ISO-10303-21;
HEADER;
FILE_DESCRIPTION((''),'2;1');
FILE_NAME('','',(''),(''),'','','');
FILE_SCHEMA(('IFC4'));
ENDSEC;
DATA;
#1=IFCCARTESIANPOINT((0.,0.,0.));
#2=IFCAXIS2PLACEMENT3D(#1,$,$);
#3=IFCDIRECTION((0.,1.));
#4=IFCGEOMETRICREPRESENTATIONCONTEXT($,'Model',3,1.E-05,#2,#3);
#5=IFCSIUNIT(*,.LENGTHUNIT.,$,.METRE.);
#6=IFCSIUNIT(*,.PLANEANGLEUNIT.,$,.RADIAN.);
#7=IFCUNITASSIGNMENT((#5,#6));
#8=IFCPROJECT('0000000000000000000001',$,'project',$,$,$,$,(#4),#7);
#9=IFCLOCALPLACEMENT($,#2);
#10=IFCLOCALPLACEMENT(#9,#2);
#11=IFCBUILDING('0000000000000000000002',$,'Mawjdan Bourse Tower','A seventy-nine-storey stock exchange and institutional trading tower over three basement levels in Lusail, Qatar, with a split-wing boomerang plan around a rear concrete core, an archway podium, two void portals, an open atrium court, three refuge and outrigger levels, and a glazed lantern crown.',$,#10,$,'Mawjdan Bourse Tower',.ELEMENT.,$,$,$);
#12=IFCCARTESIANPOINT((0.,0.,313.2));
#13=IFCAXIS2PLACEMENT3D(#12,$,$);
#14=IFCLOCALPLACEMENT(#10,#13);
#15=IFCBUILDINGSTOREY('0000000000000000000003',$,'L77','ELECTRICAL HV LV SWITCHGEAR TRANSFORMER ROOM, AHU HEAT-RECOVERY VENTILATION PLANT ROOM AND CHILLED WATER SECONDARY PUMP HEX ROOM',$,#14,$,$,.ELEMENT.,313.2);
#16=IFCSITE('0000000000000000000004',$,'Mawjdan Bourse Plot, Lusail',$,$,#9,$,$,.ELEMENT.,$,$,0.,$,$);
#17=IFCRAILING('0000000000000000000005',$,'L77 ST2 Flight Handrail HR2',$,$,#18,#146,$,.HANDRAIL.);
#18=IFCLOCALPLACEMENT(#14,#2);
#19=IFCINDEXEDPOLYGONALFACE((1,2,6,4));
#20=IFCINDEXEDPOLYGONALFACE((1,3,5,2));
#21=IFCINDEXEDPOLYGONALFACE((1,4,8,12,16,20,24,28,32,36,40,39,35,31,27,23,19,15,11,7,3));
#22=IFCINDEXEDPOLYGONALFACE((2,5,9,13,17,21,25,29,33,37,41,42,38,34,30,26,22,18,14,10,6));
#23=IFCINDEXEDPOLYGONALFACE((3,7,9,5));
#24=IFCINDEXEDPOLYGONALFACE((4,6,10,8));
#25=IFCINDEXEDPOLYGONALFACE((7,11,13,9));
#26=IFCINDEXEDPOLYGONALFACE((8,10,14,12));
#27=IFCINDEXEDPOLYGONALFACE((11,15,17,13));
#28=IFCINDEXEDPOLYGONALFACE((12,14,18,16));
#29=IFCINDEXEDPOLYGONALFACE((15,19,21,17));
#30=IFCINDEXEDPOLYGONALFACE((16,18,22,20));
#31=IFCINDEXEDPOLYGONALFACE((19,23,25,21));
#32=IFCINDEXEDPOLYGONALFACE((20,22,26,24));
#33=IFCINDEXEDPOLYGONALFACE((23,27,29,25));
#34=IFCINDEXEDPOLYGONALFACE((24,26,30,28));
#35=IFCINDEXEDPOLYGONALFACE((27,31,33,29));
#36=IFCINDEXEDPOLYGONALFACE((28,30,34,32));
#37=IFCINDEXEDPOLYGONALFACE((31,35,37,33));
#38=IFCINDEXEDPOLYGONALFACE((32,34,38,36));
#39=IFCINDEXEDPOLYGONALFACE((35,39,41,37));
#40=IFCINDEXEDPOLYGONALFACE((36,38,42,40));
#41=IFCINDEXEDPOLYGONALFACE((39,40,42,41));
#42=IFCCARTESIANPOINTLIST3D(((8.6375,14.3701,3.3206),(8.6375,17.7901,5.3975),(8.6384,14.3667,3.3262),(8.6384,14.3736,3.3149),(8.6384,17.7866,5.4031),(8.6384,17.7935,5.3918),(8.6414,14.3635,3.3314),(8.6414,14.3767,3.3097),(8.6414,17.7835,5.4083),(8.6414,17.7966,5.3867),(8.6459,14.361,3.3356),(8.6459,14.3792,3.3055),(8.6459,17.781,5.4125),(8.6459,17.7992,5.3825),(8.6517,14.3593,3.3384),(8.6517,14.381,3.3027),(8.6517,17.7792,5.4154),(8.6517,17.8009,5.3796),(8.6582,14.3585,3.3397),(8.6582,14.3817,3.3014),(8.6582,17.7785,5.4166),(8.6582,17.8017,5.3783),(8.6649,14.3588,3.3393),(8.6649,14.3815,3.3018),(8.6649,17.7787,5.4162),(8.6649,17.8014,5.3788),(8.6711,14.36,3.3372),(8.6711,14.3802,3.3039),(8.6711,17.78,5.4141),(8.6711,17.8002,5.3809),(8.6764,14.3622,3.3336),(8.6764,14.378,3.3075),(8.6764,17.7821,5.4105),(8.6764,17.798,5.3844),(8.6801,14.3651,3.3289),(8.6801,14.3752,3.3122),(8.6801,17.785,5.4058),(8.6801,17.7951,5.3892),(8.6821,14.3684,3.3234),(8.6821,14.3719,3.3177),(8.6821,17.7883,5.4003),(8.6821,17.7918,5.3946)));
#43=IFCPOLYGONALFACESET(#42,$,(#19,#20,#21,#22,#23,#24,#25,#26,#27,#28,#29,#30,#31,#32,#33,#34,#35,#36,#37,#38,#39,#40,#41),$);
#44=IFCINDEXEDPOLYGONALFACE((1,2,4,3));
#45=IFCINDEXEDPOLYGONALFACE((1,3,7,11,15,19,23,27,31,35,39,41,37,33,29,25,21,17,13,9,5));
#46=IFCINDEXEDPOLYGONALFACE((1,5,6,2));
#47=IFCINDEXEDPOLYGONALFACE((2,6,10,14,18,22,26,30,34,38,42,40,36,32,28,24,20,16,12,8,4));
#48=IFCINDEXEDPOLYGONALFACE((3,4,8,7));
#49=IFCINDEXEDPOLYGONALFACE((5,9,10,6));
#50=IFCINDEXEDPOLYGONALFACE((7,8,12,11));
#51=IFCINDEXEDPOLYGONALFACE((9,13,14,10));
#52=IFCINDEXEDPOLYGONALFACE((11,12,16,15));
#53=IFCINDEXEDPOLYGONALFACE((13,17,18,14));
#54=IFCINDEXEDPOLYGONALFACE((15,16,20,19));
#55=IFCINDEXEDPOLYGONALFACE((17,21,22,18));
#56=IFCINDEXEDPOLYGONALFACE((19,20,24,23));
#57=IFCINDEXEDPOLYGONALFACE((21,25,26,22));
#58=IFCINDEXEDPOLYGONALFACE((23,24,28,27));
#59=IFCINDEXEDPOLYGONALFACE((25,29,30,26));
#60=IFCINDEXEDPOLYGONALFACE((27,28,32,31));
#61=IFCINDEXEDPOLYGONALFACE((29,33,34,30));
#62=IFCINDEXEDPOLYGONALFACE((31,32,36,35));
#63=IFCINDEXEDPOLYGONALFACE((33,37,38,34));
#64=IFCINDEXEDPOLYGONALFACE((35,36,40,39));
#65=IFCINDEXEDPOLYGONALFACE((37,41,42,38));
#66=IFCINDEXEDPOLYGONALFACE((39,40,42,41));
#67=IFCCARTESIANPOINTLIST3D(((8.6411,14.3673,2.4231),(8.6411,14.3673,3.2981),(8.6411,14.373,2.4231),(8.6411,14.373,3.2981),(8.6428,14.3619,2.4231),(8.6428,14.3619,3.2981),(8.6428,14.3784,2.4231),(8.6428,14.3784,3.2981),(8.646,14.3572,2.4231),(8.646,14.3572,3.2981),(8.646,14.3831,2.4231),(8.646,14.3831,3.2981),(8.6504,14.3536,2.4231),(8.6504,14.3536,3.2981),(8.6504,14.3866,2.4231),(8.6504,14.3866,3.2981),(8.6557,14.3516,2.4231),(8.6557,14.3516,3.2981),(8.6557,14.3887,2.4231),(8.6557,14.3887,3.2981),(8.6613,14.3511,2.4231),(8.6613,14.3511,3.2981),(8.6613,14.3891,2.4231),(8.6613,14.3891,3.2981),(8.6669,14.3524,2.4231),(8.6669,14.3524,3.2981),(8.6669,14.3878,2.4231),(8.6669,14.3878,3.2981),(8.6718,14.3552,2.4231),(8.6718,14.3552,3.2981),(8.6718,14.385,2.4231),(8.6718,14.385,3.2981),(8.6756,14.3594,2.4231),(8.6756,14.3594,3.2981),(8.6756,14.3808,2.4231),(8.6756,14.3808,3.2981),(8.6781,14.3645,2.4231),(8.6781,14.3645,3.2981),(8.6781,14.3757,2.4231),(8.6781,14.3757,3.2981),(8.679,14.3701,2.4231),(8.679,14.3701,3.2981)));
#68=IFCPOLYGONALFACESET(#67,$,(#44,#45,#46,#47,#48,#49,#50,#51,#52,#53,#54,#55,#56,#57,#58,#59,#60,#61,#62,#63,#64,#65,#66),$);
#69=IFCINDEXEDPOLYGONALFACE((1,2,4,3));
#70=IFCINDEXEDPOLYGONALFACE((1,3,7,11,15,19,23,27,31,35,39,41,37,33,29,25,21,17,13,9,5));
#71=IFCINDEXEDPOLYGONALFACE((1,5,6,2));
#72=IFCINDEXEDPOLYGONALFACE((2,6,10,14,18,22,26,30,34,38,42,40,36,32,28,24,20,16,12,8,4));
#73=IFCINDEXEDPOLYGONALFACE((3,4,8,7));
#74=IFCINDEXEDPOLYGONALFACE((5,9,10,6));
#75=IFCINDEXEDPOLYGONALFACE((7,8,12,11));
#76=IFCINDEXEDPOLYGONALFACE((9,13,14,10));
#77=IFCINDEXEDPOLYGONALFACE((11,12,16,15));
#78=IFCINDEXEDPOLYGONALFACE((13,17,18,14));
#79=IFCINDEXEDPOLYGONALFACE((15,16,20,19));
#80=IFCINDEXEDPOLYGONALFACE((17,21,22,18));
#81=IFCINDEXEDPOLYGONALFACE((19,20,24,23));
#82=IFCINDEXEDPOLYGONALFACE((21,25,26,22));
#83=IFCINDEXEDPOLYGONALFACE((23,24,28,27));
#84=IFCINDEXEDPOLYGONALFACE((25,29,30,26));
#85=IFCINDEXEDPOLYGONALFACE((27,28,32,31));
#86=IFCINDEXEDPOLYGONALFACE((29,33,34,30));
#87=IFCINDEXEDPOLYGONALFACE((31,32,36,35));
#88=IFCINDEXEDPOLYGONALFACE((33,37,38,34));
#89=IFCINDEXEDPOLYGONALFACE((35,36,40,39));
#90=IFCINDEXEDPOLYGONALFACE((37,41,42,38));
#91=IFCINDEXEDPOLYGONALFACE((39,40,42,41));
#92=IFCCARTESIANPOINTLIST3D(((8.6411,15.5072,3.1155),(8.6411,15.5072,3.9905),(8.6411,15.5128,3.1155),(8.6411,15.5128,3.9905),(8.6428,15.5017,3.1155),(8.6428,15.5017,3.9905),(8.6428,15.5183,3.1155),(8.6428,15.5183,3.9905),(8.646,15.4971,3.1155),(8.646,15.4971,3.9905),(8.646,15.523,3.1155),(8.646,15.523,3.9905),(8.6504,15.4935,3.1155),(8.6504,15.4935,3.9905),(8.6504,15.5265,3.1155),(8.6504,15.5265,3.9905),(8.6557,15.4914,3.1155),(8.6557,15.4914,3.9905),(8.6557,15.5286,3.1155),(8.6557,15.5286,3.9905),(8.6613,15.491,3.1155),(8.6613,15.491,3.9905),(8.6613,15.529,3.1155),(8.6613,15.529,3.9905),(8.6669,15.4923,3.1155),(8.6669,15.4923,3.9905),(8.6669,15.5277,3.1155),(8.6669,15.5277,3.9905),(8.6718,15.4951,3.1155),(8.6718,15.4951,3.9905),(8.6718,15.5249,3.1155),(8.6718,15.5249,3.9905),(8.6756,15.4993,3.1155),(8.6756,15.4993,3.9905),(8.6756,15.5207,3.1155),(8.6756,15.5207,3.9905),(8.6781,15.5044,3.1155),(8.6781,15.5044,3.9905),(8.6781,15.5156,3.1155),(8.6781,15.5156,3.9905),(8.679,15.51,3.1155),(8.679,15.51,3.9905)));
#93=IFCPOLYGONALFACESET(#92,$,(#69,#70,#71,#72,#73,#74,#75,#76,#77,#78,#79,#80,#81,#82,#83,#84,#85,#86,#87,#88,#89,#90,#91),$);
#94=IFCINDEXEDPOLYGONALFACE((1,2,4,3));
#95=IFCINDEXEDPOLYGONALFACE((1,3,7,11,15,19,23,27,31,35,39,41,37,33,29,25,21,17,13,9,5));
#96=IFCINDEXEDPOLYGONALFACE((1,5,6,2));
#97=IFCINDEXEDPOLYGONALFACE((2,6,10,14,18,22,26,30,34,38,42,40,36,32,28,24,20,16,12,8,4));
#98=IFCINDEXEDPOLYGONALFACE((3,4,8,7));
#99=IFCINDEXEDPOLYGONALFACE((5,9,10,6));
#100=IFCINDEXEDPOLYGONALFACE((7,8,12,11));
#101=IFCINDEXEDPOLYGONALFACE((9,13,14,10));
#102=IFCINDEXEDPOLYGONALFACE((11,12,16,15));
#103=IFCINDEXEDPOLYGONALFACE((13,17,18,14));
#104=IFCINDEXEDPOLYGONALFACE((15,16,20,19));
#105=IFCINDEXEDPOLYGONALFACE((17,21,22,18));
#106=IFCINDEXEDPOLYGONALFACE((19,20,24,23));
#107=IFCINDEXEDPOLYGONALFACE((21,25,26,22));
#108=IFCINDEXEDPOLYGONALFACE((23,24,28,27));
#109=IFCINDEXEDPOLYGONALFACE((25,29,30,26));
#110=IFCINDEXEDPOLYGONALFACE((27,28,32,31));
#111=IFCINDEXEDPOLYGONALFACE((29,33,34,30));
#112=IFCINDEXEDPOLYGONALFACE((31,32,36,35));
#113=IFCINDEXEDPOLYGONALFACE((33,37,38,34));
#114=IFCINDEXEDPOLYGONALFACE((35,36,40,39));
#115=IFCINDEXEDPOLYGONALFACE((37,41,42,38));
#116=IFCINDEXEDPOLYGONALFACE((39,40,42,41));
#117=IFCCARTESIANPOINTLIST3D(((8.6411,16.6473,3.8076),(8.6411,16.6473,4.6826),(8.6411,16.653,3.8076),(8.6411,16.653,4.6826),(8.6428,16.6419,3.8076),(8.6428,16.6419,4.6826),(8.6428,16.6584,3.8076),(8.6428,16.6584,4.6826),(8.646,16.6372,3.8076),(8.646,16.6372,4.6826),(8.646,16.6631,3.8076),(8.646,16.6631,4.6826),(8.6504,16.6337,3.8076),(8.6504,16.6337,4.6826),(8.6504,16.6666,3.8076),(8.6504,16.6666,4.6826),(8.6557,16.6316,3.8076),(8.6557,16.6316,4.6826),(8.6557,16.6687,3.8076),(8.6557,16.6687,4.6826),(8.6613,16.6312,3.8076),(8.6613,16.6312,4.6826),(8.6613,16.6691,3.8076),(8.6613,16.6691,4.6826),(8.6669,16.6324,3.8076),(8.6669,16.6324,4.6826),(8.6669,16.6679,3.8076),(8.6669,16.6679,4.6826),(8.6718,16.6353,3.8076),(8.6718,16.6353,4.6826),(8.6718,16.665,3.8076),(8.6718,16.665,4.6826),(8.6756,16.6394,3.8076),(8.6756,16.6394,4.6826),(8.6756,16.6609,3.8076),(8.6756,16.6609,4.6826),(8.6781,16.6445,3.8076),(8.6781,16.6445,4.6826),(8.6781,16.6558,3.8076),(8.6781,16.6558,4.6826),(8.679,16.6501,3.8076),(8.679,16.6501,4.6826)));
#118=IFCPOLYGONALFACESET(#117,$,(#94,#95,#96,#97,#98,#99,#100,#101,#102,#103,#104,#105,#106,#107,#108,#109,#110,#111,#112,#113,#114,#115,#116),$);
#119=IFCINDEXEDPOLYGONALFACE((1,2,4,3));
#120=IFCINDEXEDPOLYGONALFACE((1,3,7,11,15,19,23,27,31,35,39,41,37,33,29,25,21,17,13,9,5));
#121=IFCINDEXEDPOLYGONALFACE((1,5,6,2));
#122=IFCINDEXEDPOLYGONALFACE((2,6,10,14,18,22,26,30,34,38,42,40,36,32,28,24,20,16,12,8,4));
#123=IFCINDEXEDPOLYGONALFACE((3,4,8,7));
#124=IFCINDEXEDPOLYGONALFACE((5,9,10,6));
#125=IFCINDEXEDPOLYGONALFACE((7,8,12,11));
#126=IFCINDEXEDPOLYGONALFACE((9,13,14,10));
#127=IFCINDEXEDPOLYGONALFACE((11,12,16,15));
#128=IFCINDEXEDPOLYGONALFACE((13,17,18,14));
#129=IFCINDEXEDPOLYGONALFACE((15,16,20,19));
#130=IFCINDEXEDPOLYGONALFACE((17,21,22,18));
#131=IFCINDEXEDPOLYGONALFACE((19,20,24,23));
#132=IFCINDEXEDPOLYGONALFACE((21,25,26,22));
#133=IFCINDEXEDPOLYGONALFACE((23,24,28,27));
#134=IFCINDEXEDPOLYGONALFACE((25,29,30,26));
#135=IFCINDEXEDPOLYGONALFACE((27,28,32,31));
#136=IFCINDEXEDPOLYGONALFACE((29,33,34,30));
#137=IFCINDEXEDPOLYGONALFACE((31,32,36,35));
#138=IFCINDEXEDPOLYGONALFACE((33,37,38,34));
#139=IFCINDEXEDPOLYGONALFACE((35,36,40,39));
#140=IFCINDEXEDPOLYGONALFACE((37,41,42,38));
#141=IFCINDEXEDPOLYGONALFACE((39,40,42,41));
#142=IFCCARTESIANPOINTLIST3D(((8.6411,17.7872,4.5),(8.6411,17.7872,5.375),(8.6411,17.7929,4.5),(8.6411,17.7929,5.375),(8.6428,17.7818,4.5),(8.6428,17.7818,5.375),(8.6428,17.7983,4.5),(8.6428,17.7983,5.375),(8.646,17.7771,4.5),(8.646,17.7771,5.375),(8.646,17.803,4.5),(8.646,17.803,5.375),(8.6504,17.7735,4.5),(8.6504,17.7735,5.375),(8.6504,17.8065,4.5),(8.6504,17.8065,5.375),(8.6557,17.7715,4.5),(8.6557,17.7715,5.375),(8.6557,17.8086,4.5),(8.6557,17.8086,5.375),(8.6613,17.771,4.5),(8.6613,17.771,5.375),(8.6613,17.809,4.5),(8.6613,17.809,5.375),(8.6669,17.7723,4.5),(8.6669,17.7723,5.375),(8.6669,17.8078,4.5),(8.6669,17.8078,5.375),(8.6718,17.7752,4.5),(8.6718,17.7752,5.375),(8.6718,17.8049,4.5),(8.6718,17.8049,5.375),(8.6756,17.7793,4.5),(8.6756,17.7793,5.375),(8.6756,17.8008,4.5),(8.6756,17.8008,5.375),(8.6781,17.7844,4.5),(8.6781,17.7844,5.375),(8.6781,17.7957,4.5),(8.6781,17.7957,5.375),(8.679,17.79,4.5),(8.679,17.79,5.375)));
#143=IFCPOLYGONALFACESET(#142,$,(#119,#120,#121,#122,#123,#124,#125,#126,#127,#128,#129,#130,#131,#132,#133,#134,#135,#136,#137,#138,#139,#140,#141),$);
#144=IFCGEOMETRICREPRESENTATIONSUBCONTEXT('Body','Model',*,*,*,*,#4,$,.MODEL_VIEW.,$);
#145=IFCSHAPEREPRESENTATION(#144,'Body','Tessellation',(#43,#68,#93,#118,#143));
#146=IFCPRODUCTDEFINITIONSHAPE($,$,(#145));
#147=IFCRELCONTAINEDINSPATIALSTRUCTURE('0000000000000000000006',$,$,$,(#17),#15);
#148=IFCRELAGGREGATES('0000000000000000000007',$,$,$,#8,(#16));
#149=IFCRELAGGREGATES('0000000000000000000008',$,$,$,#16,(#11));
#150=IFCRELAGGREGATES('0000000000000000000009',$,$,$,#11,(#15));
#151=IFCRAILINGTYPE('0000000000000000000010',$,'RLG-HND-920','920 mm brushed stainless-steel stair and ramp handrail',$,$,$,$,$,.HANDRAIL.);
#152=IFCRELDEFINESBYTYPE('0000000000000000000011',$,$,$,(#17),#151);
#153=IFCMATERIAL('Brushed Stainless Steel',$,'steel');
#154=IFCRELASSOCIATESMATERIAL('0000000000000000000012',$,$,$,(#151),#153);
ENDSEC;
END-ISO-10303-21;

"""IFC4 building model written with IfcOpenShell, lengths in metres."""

from ifc_helpers import new_model, si_unit, direction, frame, origin, origin_2d, place, context, subcontext, project, spatial, circle, extrude, material, type_object, element, save


model = new_model("IFC4")

# Units and contexts
model_context = context("Model", 3, precision=1e-05, world=origin(), true_north=direction((0.0, 1.0)))
body_context = subcontext(model_context, "Body", "Model", "MODEL_VIEW")
ifc_project = project(units=[si_unit("LENGTHUNIT", "METRE"), si_unit("PLANEANGLEUNIT", "RADIAN")], contexts=[model_context])

# Site, building, storey
site_placement = place(None, origin())
site = spatial("IfcSite", under=ifc_project, at=site_placement, Name="Mawjdan Bourse Plot, Lusail", CompositionType="ELEMENT", RefElevation=0.0)
building_placement = place(site_placement, origin())
building = spatial("IfcBuilding", under=site, at=building_placement, Name="Mawjdan Bourse Tower", Description="A seventy-nine-storey stock exchange and institutional trading tower over three basement levels in Lusail, Qatar, with a split-wing boomerang plan around a rear concrete core, an archway podium, two void portals, an open atrium court, three refuge and outrigger levels, and a glazed lantern crown.", LongName="Mawjdan Bourse Tower", CompositionType="ELEMENT")
storey_placement = place(building_placement, frame((0.0, 0.0, 313.2)))
storey = spatial("IfcBuildingStorey", under=building, at=storey_placement, Name="L77", Description="ELECTRICAL HV LV SWITCHGEAR TRANSFORMER ROOM, AHU HEAT-RECOVERY VENTILATION PLANT ROOM AND CHILLED WATER SECONDARY PUMP HEX ROOM", CompositionType="ELEMENT", Elevation=313.2)

# Shared definitions
ifc_material_1 = material(Name="Brushed Stainless Steel", Category="steel")

# Railing
railing_type_1 = type_object("IfcRailingType", Name="RLG-HND-920", Description="920 mm brushed stainless-steel stair and ramp handrail", PredefinedType="HANDRAIL", material=ifc_material_1)
railing_1_placement = place(storey_placement, frame((8.6599, 14.3701, 2.4231)))
element("IfcRailing", 1, at=railing_1_placement, inside=storey, type_object=railing_type_1, Name="L77 ST2 Flight Handrail HR2", PredefinedType="HANDRAIL", context=body_context, shape_type="SweptSolid", body=[
    extrude(circle(Radius=0.0225, at=origin_2d()), frame((0.0, 0.0, 0.8975), z_axis=(0.0, 0.85473, 0.519074), x_axis=(-1.0, 0.0, 0.0)), (0.0, 0.0, 1.0), 4.0012),
    extrude(circle(Radius=0.019, at=origin_2d()), origin(), (0.0, 0.0, 1.0), 0.875),
    extrude(circle(Radius=0.019, at=origin_2d()), frame((0.0, 1.1399, 0.6924)), (0.0, 0.0, 1.0), 0.875),
    extrude(circle(Radius=0.019, at=origin_2d()), frame((0.0, 2.28, 1.3845)), (0.0, 0.0, 1.0), 0.875),
    extrude(circle(Radius=0.019, at=origin_2d()), frame((0.0, 3.4199, 2.0769)), (0.0, 0.0, 1.0), 0.875),
])

save(model, "model.ifc")
